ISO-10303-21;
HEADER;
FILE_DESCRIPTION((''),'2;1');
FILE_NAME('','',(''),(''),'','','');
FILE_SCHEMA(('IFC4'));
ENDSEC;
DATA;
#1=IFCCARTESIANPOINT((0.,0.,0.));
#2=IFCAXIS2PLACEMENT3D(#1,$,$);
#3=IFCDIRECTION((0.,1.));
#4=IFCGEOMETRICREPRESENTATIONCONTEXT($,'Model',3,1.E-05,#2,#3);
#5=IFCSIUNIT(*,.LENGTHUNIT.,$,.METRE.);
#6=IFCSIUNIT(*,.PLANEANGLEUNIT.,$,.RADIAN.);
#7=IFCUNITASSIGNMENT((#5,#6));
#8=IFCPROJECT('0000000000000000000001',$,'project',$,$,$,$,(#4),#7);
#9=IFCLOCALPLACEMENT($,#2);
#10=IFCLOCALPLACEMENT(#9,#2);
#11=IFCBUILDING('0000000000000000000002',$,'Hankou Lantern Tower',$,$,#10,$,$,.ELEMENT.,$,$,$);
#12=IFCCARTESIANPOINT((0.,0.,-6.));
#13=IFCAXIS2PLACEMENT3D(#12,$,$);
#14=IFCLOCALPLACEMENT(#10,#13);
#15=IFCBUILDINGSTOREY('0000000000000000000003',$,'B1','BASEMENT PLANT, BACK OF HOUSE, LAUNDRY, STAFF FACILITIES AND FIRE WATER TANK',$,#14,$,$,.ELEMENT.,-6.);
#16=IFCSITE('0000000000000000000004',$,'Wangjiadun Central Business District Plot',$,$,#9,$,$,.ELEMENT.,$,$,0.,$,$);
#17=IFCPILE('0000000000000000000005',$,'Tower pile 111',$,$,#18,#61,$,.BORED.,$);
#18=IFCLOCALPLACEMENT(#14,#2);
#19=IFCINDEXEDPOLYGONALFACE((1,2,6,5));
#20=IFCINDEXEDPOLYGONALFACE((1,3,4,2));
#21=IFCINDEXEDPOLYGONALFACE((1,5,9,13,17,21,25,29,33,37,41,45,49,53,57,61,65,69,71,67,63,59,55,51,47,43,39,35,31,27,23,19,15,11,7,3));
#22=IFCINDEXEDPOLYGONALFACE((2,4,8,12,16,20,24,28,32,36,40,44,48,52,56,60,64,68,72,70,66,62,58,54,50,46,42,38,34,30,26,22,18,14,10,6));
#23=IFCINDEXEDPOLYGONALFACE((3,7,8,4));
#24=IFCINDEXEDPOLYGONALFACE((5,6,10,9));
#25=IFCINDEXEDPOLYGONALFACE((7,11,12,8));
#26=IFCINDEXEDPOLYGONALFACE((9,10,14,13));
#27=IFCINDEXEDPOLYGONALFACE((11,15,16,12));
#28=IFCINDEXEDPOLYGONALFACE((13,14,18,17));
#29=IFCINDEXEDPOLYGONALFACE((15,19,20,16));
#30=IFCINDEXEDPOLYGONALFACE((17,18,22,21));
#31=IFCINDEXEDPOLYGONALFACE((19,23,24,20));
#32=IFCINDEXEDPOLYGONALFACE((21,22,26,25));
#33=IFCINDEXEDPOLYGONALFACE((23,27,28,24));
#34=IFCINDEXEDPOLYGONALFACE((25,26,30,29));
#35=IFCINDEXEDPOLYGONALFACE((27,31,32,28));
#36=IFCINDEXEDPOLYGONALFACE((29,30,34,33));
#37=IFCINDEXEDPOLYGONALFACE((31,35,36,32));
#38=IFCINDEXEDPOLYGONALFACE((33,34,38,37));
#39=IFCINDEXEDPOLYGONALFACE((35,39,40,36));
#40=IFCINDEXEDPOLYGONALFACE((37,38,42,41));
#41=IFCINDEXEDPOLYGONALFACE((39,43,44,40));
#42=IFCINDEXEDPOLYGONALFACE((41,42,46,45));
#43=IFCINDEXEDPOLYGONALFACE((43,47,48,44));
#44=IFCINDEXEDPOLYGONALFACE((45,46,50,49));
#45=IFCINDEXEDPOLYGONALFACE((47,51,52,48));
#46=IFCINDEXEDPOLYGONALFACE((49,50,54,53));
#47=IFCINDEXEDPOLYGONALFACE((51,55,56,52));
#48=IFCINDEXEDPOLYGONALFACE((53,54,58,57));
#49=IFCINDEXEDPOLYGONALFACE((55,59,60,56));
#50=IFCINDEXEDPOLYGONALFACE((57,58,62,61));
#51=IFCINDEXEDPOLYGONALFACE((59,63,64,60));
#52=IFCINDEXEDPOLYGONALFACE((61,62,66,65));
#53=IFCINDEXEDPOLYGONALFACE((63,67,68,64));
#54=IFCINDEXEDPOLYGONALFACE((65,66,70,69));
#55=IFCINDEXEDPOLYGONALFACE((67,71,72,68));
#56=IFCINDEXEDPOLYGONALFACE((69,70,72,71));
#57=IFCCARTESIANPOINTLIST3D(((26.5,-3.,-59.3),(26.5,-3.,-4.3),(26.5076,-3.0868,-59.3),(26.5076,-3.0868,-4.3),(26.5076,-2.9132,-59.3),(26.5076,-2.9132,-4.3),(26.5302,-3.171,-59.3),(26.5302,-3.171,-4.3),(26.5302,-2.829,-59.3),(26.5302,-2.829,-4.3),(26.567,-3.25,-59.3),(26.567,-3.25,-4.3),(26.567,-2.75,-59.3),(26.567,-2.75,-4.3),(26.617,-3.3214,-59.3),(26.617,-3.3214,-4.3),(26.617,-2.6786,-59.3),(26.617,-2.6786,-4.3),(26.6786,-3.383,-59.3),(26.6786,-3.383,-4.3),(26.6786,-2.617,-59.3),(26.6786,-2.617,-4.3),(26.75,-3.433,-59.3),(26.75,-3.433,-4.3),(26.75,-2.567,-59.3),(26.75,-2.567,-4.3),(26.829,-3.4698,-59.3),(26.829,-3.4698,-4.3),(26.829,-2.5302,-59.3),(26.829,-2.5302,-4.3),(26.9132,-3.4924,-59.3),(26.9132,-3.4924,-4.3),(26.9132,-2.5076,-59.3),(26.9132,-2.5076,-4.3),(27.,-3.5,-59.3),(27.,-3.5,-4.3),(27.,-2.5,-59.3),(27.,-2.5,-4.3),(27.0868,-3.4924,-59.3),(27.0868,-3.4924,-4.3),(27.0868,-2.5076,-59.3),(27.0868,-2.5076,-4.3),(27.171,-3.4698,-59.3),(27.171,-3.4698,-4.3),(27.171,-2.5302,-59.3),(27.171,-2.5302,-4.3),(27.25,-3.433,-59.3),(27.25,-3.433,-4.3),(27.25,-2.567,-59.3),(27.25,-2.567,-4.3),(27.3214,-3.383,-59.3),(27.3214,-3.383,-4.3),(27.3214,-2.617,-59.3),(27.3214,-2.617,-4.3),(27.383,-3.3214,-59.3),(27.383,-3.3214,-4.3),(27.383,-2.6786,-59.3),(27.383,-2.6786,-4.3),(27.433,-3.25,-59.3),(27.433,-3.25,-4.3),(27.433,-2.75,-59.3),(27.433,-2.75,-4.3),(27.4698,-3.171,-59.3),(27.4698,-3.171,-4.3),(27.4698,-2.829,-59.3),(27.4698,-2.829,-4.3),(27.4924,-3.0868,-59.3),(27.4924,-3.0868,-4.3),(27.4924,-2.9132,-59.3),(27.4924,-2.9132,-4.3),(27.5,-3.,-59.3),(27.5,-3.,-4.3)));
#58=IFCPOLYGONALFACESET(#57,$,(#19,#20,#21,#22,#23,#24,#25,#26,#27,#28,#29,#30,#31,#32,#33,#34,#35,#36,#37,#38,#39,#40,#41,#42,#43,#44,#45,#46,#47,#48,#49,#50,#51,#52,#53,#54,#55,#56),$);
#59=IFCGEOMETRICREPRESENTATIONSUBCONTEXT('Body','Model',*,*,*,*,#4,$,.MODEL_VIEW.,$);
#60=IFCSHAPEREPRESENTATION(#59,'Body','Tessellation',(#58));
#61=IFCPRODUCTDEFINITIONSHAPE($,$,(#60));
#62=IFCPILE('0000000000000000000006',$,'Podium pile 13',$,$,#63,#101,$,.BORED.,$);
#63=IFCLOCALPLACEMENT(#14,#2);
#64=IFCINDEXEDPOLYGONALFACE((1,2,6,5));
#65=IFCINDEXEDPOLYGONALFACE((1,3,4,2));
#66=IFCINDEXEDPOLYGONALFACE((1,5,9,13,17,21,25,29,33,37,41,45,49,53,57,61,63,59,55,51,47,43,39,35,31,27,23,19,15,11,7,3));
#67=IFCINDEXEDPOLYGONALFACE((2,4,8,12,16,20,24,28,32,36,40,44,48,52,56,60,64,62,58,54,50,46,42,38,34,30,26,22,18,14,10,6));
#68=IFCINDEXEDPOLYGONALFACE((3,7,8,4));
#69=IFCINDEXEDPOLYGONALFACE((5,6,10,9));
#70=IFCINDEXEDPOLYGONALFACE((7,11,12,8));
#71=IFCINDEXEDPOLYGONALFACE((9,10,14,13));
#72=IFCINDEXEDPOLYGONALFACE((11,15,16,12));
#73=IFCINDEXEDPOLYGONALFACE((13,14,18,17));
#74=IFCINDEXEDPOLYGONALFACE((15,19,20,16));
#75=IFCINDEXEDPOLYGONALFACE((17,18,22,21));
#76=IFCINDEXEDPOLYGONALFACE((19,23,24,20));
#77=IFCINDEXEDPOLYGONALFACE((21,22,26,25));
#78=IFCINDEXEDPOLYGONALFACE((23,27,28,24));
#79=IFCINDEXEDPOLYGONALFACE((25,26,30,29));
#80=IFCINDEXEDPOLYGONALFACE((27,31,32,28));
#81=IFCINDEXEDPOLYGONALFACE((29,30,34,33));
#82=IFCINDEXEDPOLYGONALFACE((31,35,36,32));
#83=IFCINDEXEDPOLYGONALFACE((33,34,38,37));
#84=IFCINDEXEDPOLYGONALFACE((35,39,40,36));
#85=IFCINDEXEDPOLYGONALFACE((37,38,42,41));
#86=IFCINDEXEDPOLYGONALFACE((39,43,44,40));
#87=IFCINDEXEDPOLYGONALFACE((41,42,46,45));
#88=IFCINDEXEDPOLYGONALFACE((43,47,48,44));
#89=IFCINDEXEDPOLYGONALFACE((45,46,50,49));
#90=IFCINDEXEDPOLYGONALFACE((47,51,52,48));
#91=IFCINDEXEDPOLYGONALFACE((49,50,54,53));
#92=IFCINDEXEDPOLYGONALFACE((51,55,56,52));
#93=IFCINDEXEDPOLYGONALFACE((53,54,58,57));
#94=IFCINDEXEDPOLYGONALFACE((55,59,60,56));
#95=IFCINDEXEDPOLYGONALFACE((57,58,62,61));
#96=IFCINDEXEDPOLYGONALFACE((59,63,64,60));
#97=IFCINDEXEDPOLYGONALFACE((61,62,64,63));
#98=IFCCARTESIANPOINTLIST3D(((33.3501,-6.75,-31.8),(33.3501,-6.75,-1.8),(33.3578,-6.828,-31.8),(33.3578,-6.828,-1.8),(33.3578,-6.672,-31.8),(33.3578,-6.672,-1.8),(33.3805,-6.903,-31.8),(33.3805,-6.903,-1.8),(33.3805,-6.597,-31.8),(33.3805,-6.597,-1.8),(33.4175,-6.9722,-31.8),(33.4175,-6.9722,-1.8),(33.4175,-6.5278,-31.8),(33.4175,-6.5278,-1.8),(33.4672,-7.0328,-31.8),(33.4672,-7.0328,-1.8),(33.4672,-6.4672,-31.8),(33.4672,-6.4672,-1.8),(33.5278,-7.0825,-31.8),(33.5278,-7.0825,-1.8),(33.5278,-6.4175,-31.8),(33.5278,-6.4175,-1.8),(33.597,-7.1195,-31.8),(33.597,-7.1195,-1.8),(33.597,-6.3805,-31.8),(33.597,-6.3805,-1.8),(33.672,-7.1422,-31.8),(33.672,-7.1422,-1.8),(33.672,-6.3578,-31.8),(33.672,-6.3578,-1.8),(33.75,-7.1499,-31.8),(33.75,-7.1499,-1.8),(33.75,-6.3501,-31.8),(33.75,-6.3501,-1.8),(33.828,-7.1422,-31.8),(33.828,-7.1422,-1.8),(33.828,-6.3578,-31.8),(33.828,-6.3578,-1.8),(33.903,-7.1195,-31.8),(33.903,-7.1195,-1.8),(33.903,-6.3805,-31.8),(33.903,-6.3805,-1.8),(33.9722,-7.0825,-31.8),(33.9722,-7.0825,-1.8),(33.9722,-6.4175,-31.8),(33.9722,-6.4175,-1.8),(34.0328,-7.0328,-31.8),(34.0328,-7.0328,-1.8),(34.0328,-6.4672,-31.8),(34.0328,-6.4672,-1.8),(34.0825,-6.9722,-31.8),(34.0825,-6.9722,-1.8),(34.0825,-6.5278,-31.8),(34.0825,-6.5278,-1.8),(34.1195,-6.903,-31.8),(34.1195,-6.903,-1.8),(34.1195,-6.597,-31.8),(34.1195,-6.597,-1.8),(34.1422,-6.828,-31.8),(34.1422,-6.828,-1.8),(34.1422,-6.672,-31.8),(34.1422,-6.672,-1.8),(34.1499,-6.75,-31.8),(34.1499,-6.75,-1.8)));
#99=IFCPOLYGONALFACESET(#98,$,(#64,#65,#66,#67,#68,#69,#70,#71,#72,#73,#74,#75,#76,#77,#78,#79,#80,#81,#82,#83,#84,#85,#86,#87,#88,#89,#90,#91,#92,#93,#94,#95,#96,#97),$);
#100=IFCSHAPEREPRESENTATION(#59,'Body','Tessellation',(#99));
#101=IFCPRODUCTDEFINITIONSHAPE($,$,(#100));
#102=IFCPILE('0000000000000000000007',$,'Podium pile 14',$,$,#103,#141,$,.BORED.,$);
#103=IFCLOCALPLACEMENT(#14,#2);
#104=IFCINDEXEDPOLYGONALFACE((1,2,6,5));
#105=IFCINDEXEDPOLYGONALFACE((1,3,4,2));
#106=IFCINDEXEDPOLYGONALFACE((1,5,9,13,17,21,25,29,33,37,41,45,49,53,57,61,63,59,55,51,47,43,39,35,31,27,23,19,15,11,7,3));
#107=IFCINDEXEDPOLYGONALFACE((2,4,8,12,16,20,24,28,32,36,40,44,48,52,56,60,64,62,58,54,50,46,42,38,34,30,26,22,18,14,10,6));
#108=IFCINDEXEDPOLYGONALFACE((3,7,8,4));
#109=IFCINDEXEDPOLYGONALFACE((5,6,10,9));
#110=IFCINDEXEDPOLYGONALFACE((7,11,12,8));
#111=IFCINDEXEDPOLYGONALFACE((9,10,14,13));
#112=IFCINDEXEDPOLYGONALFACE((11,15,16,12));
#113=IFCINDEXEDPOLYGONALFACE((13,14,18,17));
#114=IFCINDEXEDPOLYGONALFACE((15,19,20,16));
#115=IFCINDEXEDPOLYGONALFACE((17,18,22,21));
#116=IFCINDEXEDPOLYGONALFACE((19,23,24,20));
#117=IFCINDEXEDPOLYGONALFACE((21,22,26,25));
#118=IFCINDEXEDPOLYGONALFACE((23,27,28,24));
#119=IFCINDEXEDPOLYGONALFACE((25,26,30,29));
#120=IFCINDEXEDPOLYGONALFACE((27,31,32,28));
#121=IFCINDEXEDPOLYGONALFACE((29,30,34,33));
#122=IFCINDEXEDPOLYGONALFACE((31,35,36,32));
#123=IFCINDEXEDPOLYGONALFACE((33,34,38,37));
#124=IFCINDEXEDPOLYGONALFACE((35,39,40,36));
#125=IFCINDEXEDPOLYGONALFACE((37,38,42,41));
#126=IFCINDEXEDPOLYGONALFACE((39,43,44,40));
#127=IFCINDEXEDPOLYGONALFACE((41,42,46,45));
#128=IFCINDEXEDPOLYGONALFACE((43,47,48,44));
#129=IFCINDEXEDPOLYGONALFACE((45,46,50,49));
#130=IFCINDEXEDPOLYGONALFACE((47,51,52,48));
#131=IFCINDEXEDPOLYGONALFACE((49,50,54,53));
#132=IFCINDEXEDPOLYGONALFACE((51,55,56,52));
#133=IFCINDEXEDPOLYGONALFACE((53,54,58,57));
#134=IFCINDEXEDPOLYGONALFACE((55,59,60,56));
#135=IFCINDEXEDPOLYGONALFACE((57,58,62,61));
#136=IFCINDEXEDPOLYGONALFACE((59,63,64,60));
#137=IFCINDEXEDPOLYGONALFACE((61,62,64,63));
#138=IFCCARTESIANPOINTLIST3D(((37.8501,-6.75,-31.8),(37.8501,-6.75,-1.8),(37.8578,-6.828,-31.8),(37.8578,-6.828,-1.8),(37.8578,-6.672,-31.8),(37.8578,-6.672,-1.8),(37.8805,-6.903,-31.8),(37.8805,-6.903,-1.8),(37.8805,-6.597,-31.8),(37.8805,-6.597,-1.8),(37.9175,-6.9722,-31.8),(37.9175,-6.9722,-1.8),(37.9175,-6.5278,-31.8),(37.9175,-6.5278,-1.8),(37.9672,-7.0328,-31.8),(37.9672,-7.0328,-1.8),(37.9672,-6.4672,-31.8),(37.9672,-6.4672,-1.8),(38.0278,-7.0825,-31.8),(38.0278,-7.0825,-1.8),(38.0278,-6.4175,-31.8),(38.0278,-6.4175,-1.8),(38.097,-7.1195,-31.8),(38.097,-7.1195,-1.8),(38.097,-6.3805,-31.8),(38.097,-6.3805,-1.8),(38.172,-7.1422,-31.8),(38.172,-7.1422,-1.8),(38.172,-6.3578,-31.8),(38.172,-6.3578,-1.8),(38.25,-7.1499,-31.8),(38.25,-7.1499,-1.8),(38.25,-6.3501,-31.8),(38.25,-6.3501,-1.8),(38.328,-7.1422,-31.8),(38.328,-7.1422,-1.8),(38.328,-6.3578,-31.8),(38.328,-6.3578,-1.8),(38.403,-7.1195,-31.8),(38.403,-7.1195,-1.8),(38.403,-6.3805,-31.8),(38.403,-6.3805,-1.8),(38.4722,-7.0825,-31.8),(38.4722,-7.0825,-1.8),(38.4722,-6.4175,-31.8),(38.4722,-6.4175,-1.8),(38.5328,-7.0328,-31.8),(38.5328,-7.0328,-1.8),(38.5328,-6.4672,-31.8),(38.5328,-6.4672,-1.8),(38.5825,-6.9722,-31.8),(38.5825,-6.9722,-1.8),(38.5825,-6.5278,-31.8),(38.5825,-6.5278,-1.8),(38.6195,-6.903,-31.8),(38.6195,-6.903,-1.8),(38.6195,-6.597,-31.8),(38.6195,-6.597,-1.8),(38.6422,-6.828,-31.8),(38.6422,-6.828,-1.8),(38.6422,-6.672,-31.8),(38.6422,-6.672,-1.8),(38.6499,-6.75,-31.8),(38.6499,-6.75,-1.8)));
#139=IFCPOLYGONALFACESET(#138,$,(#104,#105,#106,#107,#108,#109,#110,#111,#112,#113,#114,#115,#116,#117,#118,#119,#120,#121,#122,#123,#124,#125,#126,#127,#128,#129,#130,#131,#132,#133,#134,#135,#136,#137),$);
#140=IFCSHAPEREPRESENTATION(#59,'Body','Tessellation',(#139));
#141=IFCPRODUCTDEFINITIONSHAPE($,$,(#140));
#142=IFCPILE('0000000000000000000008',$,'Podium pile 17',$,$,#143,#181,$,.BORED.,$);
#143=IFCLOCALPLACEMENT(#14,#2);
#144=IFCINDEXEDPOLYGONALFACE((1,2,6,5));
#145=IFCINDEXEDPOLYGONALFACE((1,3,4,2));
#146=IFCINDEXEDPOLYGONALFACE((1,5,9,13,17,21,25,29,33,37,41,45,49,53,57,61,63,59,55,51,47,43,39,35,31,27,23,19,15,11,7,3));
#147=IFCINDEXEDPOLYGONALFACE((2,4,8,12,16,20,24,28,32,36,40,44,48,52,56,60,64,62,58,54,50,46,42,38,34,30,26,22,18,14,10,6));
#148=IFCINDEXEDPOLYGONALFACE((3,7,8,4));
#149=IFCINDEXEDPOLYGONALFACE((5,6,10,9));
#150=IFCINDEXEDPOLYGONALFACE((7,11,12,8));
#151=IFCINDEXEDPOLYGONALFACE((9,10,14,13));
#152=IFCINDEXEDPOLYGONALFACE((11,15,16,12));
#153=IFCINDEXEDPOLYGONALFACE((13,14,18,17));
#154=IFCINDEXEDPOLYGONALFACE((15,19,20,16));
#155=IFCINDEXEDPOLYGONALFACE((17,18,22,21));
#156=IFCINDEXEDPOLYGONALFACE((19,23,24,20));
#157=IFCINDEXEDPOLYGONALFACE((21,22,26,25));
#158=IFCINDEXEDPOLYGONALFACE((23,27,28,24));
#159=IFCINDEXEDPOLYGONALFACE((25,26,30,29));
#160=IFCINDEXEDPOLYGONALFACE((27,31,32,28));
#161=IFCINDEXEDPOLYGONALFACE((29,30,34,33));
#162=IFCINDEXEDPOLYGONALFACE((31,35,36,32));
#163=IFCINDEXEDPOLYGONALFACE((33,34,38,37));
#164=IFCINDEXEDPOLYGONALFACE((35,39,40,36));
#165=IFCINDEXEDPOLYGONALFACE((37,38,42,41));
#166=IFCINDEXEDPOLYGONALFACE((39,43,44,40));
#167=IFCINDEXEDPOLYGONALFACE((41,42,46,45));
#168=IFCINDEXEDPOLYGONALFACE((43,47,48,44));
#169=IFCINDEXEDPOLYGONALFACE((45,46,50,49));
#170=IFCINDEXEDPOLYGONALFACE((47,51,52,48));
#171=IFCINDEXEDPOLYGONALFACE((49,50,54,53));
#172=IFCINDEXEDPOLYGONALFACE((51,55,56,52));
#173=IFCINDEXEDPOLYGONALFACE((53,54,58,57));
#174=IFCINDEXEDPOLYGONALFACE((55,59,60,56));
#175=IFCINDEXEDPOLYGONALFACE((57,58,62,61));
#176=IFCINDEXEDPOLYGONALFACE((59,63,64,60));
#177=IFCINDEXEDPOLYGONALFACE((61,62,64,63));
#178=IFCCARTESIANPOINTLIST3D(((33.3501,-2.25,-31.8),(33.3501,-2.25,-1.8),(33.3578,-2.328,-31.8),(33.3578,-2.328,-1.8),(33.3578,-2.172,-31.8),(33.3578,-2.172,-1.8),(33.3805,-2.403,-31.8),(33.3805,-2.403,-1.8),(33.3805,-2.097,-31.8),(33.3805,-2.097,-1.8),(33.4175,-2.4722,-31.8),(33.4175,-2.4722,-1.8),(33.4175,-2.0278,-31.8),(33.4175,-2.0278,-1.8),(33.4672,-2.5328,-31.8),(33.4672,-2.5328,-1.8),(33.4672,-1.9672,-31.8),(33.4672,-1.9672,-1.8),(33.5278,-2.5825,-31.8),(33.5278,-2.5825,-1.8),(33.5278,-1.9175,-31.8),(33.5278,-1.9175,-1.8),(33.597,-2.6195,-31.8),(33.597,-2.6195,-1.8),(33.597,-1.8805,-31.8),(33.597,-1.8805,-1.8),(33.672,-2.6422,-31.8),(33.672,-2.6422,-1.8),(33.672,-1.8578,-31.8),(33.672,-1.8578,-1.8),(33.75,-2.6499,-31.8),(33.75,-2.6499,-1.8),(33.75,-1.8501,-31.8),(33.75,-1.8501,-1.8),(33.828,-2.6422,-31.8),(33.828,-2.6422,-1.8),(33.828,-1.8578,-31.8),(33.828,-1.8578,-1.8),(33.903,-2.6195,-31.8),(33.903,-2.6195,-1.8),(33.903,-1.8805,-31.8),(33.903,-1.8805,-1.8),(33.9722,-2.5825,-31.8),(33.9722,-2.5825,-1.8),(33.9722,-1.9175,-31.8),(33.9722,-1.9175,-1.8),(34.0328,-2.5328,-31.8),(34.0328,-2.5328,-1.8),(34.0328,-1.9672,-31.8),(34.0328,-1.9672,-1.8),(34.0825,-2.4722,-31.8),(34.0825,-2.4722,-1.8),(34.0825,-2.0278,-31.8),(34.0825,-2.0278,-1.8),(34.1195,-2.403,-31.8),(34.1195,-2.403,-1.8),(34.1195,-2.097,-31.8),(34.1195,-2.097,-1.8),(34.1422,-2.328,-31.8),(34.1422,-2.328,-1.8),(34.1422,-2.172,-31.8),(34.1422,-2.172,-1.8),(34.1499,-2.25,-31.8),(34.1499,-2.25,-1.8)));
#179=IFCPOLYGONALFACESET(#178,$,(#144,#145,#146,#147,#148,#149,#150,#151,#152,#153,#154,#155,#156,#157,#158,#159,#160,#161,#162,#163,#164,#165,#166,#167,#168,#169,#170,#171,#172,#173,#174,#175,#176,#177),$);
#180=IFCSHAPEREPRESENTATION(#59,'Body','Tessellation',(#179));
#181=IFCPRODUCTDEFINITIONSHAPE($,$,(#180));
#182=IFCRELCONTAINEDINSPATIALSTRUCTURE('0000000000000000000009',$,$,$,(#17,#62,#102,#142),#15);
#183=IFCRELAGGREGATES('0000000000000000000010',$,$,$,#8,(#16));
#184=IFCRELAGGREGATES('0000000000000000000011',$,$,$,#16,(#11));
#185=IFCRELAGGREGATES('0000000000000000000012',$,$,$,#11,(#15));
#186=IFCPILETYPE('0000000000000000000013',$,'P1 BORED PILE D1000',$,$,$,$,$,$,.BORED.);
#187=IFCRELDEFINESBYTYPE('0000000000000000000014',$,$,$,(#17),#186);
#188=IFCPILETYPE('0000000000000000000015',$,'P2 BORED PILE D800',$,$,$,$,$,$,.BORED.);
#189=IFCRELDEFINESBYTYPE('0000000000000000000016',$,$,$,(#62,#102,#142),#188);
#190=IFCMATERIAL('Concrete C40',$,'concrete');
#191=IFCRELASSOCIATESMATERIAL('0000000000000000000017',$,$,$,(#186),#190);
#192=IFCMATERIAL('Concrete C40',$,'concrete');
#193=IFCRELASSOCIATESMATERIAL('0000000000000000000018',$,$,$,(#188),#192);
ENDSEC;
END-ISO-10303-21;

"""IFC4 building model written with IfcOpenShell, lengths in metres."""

from ifc_helpers import new_model, si_unit, direction, frame, origin, origin_2d, place, context, subcontext, project, spatial, circle, extrude, material, material_profile, profile_set, type_object, element, save


model = new_model("IFC4")

# Units and contexts
model_context = context("Model", 3, precision=1e-05, world=origin(), true_north=direction((0.0, 1.0)))
body_context = subcontext(model_context, "Body", "Model", "MODEL_VIEW")
ifc_project = project(units=[si_unit("LENGTHUNIT", "METRE"), si_unit("PLANEANGLEUNIT", "RADIAN")], contexts=[model_context])

# Site, building, storey
site_placement = place(None, origin())
site = spatial("IfcSite", under=ifc_project, at=site_placement, Name="Wangjiadun Central Business District Plot", CompositionType="ELEMENT", RefElevation=0.0)
building_placement = place(site_placement, origin())
building = spatial("IfcBuilding", under=site, at=building_placement, Name="Hankou Lantern Tower", CompositionType="ELEMENT")
storey_placement = place(building_placement, frame((0.0, 0.0, -6.0)))
storey = spatial("IfcBuildingStorey", under=building, at=storey_placement, Name="B1", Description="BASEMENT PLANT, BACK OF HOUSE, LAUNDRY, STAFF FACILITIES AND FIRE WATER TANK", CompositionType="ELEMENT", Elevation=-6.0)

# Piles
ifc_material_1 = material(Name="Concrete C40", Category="concrete")
ifc_material_profile_1 = material_profile(ifc_material_1, circle(Radius=0.5, at=origin_2d()), Name="RC D1000")
ifc_profile_set_1 = profile_set([ifc_material_profile_1], Name="Concrete C40")
pile_type_1 = type_object("IfcPileType", Name="P1 BORED PILE D1000", PredefinedType="BORED", material=ifc_profile_set_1)
for number, where, z_axis, x_axis, name in (
    (1, (27.0, -3.0, -4.3), (0.0, 0.0, -1.0), (1.0, 0.0, 0.0), "Tower pile 111"),
):
    element("IfcPile", number, at=place(storey_placement, frame(where, z_axis=z_axis, x_axis=x_axis)), inside=storey, type_object=pile_type_1, Name=name, PredefinedType="BORED", context=body_context, shape_type="SweptSolid", body=[
        extrude(circle(Radius=0.5, at=origin_2d()), origin(), (0.0, 0.0, 1.0), 55.0),
    ])
ifc_material_2 = material(Name="Concrete C40", Category="concrete")
ifc_material_profile_2 = material_profile(ifc_material_2, circle(Radius=0.3999, at=origin_2d()), Name="RC D800")
ifc_profile_set_2 = profile_set([ifc_material_profile_2], Name="Concrete C40")
pile_type_2 = type_object("IfcPileType", Name="P2 BORED PILE D800", PredefinedType="BORED", material=ifc_profile_set_2)
for number, where, z_axis, x_axis, name in (
    (2, (33.75, -6.75, -1.8), (0.0, 0.0, -1.0), (1.0, 0.0, 0.0), "Podium pile 13"),
    (3, (38.25, -6.75, -1.8), (0.0, 0.0, -1.0), (1.0, 0.0, 0.0), "Podium pile 14"),
    (4, (33.75, -2.25, -1.8), (0.0, 0.0, -1.0), (1.0, 0.0, 0.0), "Podium pile 17"),
):
    element("IfcPile", number, at=place(storey_placement, frame(where, z_axis=z_axis, x_axis=x_axis)), inside=storey, type_object=pile_type_2, Name=name, PredefinedType="BORED", context=body_context, shape_type="SweptSolid", body=[
        extrude(circle(Radius=0.3999, at=origin_2d()), origin(), (0.0, 0.0, 1.0), 30.0),
    ])

save(model, "model.ifc")
